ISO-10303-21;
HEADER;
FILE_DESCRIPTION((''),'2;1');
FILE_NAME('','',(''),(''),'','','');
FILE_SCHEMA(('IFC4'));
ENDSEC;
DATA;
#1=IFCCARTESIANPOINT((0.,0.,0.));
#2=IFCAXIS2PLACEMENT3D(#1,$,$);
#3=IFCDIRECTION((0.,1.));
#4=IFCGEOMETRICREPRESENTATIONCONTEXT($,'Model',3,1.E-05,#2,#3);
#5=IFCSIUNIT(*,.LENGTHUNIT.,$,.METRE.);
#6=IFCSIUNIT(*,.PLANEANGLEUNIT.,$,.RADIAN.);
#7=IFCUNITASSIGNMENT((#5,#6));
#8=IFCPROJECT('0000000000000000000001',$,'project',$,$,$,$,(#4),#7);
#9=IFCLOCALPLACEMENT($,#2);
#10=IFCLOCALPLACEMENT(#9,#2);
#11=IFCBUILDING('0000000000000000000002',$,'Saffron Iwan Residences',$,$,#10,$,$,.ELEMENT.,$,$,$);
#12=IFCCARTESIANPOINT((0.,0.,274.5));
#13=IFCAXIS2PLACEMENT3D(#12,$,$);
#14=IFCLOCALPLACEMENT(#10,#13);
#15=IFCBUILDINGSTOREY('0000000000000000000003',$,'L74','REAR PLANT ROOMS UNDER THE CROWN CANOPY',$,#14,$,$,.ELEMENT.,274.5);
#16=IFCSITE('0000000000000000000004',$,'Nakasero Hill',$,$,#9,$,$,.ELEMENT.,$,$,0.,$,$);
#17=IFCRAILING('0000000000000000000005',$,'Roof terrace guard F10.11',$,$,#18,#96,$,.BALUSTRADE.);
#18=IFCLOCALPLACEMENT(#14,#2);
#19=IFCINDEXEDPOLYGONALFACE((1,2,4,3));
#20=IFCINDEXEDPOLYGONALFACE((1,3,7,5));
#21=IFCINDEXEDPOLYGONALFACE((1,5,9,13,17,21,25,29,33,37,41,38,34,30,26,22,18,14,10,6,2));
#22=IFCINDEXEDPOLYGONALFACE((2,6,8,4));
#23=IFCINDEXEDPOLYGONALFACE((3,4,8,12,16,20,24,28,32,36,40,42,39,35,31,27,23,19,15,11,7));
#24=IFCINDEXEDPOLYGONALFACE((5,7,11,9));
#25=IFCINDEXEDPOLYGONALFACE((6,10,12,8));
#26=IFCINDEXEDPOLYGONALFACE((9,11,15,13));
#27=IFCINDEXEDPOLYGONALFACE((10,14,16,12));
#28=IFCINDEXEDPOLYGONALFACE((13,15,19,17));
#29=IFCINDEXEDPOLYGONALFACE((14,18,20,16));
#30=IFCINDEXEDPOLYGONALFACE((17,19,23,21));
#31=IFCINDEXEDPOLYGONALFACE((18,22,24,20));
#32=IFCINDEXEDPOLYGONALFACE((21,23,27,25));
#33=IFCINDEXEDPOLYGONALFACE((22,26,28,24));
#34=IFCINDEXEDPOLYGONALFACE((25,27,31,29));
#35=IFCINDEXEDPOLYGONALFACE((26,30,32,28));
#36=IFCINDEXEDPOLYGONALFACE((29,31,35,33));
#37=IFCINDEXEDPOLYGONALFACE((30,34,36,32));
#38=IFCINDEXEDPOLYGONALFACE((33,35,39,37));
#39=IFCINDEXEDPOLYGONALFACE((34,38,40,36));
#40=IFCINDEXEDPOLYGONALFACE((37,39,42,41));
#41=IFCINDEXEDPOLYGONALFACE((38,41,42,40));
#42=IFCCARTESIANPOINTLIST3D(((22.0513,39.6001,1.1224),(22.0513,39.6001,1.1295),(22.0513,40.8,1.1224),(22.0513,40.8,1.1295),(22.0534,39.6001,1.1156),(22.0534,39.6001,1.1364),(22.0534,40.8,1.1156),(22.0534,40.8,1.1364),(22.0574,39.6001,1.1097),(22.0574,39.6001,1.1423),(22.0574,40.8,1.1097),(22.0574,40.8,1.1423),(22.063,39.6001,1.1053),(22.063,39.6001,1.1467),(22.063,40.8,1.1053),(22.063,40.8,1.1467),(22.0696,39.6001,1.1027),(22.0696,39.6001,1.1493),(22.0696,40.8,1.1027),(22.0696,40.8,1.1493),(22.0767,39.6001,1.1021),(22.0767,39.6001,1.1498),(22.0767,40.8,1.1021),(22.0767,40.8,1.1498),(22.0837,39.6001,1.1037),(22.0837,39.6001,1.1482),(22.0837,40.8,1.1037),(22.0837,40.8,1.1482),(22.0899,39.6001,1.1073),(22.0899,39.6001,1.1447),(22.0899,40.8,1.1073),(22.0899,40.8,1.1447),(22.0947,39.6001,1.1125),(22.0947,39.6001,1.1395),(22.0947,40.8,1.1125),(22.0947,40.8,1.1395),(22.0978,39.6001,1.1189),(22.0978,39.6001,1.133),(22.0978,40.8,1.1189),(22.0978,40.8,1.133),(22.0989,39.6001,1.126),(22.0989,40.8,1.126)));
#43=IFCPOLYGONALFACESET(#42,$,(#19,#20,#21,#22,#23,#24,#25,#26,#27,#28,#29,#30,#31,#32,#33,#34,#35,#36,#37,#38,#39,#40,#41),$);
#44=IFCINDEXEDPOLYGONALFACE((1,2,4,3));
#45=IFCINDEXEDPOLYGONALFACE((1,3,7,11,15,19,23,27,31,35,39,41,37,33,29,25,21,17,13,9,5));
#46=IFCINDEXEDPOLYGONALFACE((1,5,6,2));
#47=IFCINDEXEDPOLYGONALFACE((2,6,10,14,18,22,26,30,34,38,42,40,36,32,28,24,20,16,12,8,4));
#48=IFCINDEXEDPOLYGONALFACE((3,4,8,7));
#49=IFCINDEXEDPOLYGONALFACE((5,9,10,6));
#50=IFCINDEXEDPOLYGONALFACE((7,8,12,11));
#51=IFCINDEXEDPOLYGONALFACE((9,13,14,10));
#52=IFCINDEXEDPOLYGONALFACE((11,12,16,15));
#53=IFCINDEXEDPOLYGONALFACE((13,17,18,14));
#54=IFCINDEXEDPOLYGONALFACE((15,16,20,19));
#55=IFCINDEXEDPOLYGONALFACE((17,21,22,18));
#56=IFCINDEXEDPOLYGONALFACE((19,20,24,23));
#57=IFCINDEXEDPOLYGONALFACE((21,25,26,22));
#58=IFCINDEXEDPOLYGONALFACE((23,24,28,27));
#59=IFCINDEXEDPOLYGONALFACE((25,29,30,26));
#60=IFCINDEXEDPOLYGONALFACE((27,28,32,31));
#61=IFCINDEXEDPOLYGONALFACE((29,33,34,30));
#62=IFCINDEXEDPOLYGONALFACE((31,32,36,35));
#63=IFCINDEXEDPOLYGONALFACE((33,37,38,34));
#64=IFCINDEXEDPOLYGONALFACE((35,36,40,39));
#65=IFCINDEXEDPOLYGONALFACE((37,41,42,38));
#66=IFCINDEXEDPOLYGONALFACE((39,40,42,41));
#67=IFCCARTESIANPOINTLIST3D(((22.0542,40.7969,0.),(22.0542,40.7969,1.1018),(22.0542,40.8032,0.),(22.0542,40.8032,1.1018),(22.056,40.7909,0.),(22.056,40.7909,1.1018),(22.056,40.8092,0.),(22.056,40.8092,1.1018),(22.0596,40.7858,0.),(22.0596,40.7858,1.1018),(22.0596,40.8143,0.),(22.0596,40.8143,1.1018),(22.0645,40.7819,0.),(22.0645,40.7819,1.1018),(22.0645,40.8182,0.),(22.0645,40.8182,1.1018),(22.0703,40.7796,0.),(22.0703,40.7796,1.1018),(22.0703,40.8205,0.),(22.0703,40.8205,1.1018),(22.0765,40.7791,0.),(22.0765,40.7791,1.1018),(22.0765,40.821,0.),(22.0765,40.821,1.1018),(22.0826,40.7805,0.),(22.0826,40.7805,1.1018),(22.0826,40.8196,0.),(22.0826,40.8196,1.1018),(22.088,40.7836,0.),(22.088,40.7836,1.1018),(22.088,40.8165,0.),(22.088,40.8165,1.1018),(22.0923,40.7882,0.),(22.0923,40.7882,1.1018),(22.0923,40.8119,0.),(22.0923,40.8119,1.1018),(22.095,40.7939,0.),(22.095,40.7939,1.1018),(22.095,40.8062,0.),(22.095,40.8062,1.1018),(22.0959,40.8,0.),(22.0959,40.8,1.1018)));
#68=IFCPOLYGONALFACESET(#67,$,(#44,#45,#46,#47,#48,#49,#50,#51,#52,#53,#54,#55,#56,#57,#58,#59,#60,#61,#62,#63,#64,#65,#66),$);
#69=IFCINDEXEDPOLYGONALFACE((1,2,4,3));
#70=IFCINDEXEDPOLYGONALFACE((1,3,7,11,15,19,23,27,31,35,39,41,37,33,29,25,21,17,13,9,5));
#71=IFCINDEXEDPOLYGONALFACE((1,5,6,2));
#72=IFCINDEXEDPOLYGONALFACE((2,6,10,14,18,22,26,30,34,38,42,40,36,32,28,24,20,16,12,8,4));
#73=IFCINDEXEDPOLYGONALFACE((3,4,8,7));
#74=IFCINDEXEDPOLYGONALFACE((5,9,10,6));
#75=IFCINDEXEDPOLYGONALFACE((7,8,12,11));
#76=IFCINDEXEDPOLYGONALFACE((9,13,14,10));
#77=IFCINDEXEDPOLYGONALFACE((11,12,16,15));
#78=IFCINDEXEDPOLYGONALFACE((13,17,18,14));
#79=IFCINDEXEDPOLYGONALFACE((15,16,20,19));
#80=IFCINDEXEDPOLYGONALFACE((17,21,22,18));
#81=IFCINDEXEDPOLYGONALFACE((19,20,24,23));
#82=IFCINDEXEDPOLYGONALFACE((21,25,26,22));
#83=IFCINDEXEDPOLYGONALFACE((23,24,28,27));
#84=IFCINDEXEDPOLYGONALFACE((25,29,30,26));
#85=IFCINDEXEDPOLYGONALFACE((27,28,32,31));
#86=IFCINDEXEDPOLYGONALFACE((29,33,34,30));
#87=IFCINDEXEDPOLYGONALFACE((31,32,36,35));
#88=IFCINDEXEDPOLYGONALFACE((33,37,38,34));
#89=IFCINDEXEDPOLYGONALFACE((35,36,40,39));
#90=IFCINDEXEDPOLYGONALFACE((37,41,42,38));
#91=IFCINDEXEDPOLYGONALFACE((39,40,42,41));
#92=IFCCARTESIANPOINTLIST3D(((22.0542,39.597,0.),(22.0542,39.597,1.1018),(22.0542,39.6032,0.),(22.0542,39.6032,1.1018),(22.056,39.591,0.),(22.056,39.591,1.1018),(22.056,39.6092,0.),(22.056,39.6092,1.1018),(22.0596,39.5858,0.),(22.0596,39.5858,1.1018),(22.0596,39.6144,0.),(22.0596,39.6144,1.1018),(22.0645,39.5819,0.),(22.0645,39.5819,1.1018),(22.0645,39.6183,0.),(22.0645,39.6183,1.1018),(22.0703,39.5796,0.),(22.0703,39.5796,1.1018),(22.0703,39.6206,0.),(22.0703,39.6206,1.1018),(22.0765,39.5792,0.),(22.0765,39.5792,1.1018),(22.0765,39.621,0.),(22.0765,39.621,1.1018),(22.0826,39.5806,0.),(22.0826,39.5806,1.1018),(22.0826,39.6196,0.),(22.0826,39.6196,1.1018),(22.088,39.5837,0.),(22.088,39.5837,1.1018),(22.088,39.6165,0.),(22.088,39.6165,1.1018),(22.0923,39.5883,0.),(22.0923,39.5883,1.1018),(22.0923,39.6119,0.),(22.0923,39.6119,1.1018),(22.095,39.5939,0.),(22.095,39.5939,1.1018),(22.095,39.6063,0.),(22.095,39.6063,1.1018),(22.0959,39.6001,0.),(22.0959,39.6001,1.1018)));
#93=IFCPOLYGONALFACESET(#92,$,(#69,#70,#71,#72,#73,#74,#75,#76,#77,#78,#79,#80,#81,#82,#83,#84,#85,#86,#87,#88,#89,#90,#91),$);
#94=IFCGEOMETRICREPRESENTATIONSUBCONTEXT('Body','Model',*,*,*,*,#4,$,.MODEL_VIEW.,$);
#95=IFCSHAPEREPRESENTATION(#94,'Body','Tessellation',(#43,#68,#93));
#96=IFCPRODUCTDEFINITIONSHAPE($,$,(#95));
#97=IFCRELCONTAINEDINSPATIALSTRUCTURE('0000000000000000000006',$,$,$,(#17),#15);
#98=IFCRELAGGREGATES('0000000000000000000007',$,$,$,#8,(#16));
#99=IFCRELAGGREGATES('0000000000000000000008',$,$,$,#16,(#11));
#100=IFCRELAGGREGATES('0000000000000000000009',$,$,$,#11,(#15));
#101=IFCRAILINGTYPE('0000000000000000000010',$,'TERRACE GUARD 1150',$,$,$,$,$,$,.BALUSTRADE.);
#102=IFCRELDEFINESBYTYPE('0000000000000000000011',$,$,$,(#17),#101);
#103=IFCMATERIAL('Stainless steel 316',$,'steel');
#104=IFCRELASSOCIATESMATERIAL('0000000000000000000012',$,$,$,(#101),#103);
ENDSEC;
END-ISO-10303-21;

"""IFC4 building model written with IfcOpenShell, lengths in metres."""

from ifc_helpers import new_model, si_unit, direction, frame, origin, origin_2d, place, context, subcontext, project, spatial, circle, extrude, material, type_object, element, save


model = new_model("IFC4")

# Units and contexts
model_context = context("Model", 3, precision=1e-05, world=origin(), true_north=direction((0.0, 1.0)))
body_context = subcontext(model_context, "Body", "Model", "MODEL_VIEW")
ifc_project = project(units=[si_unit("LENGTHUNIT", "METRE"), si_unit("PLANEANGLEUNIT", "RADIAN")], contexts=[model_context])

# Site, building, storey
site_placement = place(None, origin())
site = spatial("IfcSite", under=ifc_project, at=site_placement, Name="Nakasero Hill", CompositionType="ELEMENT", RefElevation=0.0)
building_placement = place(site_placement, origin())
building = spatial("IfcBuilding", under=site, at=building_placement, Name="Saffron Iwan Residences", CompositionType="ELEMENT")
storey_placement = place(building_placement, frame((0.0, 0.0, 274.5)))
storey = spatial("IfcBuildingStorey", under=building, at=storey_placement, Name="L74", Description="REAR PLANT ROOMS UNDER THE CROWN CANOPY", CompositionType="ELEMENT", Elevation=274.5)

# Railing
ifc_material_1 = material(Name="Stainless steel 316", Category="steel")
railing_type_1 = type_object("IfcRailingType", Name="TERRACE GUARD 1150", PredefinedType="BALUSTRADE", material=ifc_material_1)
railing_1_placement = place(storey_placement, frame((22.075, 40.8, 0.0)))
element("IfcRailing", 1, at=railing_1_placement, inside=storey, type_object=railing_type_1, Name="Roof terrace guard F10.11", PredefinedType="BALUSTRADE", context=body_context, shape_type="SweptSolid", body=[
    extrude(circle(Radius=0.0239, at=origin_2d()), frame((0.0, 0.0, 1.126), z_axis=(0.0, -1.0, 0.0), x_axis=(1.0, 0.0, 0.0)), (0.0, 0.0, 1.0), 1.2),
    extrude(circle(Radius=0.021, at=origin_2d()), origin(), (0.0, 0.0, 1.0), 1.1018),
    extrude(circle(Radius=0.021, at=origin_2d()), frame((0.0, -1.2, 0.0)), (0.0, 0.0, 1.0), 1.1018),
])

save(model, "model.ifc")
